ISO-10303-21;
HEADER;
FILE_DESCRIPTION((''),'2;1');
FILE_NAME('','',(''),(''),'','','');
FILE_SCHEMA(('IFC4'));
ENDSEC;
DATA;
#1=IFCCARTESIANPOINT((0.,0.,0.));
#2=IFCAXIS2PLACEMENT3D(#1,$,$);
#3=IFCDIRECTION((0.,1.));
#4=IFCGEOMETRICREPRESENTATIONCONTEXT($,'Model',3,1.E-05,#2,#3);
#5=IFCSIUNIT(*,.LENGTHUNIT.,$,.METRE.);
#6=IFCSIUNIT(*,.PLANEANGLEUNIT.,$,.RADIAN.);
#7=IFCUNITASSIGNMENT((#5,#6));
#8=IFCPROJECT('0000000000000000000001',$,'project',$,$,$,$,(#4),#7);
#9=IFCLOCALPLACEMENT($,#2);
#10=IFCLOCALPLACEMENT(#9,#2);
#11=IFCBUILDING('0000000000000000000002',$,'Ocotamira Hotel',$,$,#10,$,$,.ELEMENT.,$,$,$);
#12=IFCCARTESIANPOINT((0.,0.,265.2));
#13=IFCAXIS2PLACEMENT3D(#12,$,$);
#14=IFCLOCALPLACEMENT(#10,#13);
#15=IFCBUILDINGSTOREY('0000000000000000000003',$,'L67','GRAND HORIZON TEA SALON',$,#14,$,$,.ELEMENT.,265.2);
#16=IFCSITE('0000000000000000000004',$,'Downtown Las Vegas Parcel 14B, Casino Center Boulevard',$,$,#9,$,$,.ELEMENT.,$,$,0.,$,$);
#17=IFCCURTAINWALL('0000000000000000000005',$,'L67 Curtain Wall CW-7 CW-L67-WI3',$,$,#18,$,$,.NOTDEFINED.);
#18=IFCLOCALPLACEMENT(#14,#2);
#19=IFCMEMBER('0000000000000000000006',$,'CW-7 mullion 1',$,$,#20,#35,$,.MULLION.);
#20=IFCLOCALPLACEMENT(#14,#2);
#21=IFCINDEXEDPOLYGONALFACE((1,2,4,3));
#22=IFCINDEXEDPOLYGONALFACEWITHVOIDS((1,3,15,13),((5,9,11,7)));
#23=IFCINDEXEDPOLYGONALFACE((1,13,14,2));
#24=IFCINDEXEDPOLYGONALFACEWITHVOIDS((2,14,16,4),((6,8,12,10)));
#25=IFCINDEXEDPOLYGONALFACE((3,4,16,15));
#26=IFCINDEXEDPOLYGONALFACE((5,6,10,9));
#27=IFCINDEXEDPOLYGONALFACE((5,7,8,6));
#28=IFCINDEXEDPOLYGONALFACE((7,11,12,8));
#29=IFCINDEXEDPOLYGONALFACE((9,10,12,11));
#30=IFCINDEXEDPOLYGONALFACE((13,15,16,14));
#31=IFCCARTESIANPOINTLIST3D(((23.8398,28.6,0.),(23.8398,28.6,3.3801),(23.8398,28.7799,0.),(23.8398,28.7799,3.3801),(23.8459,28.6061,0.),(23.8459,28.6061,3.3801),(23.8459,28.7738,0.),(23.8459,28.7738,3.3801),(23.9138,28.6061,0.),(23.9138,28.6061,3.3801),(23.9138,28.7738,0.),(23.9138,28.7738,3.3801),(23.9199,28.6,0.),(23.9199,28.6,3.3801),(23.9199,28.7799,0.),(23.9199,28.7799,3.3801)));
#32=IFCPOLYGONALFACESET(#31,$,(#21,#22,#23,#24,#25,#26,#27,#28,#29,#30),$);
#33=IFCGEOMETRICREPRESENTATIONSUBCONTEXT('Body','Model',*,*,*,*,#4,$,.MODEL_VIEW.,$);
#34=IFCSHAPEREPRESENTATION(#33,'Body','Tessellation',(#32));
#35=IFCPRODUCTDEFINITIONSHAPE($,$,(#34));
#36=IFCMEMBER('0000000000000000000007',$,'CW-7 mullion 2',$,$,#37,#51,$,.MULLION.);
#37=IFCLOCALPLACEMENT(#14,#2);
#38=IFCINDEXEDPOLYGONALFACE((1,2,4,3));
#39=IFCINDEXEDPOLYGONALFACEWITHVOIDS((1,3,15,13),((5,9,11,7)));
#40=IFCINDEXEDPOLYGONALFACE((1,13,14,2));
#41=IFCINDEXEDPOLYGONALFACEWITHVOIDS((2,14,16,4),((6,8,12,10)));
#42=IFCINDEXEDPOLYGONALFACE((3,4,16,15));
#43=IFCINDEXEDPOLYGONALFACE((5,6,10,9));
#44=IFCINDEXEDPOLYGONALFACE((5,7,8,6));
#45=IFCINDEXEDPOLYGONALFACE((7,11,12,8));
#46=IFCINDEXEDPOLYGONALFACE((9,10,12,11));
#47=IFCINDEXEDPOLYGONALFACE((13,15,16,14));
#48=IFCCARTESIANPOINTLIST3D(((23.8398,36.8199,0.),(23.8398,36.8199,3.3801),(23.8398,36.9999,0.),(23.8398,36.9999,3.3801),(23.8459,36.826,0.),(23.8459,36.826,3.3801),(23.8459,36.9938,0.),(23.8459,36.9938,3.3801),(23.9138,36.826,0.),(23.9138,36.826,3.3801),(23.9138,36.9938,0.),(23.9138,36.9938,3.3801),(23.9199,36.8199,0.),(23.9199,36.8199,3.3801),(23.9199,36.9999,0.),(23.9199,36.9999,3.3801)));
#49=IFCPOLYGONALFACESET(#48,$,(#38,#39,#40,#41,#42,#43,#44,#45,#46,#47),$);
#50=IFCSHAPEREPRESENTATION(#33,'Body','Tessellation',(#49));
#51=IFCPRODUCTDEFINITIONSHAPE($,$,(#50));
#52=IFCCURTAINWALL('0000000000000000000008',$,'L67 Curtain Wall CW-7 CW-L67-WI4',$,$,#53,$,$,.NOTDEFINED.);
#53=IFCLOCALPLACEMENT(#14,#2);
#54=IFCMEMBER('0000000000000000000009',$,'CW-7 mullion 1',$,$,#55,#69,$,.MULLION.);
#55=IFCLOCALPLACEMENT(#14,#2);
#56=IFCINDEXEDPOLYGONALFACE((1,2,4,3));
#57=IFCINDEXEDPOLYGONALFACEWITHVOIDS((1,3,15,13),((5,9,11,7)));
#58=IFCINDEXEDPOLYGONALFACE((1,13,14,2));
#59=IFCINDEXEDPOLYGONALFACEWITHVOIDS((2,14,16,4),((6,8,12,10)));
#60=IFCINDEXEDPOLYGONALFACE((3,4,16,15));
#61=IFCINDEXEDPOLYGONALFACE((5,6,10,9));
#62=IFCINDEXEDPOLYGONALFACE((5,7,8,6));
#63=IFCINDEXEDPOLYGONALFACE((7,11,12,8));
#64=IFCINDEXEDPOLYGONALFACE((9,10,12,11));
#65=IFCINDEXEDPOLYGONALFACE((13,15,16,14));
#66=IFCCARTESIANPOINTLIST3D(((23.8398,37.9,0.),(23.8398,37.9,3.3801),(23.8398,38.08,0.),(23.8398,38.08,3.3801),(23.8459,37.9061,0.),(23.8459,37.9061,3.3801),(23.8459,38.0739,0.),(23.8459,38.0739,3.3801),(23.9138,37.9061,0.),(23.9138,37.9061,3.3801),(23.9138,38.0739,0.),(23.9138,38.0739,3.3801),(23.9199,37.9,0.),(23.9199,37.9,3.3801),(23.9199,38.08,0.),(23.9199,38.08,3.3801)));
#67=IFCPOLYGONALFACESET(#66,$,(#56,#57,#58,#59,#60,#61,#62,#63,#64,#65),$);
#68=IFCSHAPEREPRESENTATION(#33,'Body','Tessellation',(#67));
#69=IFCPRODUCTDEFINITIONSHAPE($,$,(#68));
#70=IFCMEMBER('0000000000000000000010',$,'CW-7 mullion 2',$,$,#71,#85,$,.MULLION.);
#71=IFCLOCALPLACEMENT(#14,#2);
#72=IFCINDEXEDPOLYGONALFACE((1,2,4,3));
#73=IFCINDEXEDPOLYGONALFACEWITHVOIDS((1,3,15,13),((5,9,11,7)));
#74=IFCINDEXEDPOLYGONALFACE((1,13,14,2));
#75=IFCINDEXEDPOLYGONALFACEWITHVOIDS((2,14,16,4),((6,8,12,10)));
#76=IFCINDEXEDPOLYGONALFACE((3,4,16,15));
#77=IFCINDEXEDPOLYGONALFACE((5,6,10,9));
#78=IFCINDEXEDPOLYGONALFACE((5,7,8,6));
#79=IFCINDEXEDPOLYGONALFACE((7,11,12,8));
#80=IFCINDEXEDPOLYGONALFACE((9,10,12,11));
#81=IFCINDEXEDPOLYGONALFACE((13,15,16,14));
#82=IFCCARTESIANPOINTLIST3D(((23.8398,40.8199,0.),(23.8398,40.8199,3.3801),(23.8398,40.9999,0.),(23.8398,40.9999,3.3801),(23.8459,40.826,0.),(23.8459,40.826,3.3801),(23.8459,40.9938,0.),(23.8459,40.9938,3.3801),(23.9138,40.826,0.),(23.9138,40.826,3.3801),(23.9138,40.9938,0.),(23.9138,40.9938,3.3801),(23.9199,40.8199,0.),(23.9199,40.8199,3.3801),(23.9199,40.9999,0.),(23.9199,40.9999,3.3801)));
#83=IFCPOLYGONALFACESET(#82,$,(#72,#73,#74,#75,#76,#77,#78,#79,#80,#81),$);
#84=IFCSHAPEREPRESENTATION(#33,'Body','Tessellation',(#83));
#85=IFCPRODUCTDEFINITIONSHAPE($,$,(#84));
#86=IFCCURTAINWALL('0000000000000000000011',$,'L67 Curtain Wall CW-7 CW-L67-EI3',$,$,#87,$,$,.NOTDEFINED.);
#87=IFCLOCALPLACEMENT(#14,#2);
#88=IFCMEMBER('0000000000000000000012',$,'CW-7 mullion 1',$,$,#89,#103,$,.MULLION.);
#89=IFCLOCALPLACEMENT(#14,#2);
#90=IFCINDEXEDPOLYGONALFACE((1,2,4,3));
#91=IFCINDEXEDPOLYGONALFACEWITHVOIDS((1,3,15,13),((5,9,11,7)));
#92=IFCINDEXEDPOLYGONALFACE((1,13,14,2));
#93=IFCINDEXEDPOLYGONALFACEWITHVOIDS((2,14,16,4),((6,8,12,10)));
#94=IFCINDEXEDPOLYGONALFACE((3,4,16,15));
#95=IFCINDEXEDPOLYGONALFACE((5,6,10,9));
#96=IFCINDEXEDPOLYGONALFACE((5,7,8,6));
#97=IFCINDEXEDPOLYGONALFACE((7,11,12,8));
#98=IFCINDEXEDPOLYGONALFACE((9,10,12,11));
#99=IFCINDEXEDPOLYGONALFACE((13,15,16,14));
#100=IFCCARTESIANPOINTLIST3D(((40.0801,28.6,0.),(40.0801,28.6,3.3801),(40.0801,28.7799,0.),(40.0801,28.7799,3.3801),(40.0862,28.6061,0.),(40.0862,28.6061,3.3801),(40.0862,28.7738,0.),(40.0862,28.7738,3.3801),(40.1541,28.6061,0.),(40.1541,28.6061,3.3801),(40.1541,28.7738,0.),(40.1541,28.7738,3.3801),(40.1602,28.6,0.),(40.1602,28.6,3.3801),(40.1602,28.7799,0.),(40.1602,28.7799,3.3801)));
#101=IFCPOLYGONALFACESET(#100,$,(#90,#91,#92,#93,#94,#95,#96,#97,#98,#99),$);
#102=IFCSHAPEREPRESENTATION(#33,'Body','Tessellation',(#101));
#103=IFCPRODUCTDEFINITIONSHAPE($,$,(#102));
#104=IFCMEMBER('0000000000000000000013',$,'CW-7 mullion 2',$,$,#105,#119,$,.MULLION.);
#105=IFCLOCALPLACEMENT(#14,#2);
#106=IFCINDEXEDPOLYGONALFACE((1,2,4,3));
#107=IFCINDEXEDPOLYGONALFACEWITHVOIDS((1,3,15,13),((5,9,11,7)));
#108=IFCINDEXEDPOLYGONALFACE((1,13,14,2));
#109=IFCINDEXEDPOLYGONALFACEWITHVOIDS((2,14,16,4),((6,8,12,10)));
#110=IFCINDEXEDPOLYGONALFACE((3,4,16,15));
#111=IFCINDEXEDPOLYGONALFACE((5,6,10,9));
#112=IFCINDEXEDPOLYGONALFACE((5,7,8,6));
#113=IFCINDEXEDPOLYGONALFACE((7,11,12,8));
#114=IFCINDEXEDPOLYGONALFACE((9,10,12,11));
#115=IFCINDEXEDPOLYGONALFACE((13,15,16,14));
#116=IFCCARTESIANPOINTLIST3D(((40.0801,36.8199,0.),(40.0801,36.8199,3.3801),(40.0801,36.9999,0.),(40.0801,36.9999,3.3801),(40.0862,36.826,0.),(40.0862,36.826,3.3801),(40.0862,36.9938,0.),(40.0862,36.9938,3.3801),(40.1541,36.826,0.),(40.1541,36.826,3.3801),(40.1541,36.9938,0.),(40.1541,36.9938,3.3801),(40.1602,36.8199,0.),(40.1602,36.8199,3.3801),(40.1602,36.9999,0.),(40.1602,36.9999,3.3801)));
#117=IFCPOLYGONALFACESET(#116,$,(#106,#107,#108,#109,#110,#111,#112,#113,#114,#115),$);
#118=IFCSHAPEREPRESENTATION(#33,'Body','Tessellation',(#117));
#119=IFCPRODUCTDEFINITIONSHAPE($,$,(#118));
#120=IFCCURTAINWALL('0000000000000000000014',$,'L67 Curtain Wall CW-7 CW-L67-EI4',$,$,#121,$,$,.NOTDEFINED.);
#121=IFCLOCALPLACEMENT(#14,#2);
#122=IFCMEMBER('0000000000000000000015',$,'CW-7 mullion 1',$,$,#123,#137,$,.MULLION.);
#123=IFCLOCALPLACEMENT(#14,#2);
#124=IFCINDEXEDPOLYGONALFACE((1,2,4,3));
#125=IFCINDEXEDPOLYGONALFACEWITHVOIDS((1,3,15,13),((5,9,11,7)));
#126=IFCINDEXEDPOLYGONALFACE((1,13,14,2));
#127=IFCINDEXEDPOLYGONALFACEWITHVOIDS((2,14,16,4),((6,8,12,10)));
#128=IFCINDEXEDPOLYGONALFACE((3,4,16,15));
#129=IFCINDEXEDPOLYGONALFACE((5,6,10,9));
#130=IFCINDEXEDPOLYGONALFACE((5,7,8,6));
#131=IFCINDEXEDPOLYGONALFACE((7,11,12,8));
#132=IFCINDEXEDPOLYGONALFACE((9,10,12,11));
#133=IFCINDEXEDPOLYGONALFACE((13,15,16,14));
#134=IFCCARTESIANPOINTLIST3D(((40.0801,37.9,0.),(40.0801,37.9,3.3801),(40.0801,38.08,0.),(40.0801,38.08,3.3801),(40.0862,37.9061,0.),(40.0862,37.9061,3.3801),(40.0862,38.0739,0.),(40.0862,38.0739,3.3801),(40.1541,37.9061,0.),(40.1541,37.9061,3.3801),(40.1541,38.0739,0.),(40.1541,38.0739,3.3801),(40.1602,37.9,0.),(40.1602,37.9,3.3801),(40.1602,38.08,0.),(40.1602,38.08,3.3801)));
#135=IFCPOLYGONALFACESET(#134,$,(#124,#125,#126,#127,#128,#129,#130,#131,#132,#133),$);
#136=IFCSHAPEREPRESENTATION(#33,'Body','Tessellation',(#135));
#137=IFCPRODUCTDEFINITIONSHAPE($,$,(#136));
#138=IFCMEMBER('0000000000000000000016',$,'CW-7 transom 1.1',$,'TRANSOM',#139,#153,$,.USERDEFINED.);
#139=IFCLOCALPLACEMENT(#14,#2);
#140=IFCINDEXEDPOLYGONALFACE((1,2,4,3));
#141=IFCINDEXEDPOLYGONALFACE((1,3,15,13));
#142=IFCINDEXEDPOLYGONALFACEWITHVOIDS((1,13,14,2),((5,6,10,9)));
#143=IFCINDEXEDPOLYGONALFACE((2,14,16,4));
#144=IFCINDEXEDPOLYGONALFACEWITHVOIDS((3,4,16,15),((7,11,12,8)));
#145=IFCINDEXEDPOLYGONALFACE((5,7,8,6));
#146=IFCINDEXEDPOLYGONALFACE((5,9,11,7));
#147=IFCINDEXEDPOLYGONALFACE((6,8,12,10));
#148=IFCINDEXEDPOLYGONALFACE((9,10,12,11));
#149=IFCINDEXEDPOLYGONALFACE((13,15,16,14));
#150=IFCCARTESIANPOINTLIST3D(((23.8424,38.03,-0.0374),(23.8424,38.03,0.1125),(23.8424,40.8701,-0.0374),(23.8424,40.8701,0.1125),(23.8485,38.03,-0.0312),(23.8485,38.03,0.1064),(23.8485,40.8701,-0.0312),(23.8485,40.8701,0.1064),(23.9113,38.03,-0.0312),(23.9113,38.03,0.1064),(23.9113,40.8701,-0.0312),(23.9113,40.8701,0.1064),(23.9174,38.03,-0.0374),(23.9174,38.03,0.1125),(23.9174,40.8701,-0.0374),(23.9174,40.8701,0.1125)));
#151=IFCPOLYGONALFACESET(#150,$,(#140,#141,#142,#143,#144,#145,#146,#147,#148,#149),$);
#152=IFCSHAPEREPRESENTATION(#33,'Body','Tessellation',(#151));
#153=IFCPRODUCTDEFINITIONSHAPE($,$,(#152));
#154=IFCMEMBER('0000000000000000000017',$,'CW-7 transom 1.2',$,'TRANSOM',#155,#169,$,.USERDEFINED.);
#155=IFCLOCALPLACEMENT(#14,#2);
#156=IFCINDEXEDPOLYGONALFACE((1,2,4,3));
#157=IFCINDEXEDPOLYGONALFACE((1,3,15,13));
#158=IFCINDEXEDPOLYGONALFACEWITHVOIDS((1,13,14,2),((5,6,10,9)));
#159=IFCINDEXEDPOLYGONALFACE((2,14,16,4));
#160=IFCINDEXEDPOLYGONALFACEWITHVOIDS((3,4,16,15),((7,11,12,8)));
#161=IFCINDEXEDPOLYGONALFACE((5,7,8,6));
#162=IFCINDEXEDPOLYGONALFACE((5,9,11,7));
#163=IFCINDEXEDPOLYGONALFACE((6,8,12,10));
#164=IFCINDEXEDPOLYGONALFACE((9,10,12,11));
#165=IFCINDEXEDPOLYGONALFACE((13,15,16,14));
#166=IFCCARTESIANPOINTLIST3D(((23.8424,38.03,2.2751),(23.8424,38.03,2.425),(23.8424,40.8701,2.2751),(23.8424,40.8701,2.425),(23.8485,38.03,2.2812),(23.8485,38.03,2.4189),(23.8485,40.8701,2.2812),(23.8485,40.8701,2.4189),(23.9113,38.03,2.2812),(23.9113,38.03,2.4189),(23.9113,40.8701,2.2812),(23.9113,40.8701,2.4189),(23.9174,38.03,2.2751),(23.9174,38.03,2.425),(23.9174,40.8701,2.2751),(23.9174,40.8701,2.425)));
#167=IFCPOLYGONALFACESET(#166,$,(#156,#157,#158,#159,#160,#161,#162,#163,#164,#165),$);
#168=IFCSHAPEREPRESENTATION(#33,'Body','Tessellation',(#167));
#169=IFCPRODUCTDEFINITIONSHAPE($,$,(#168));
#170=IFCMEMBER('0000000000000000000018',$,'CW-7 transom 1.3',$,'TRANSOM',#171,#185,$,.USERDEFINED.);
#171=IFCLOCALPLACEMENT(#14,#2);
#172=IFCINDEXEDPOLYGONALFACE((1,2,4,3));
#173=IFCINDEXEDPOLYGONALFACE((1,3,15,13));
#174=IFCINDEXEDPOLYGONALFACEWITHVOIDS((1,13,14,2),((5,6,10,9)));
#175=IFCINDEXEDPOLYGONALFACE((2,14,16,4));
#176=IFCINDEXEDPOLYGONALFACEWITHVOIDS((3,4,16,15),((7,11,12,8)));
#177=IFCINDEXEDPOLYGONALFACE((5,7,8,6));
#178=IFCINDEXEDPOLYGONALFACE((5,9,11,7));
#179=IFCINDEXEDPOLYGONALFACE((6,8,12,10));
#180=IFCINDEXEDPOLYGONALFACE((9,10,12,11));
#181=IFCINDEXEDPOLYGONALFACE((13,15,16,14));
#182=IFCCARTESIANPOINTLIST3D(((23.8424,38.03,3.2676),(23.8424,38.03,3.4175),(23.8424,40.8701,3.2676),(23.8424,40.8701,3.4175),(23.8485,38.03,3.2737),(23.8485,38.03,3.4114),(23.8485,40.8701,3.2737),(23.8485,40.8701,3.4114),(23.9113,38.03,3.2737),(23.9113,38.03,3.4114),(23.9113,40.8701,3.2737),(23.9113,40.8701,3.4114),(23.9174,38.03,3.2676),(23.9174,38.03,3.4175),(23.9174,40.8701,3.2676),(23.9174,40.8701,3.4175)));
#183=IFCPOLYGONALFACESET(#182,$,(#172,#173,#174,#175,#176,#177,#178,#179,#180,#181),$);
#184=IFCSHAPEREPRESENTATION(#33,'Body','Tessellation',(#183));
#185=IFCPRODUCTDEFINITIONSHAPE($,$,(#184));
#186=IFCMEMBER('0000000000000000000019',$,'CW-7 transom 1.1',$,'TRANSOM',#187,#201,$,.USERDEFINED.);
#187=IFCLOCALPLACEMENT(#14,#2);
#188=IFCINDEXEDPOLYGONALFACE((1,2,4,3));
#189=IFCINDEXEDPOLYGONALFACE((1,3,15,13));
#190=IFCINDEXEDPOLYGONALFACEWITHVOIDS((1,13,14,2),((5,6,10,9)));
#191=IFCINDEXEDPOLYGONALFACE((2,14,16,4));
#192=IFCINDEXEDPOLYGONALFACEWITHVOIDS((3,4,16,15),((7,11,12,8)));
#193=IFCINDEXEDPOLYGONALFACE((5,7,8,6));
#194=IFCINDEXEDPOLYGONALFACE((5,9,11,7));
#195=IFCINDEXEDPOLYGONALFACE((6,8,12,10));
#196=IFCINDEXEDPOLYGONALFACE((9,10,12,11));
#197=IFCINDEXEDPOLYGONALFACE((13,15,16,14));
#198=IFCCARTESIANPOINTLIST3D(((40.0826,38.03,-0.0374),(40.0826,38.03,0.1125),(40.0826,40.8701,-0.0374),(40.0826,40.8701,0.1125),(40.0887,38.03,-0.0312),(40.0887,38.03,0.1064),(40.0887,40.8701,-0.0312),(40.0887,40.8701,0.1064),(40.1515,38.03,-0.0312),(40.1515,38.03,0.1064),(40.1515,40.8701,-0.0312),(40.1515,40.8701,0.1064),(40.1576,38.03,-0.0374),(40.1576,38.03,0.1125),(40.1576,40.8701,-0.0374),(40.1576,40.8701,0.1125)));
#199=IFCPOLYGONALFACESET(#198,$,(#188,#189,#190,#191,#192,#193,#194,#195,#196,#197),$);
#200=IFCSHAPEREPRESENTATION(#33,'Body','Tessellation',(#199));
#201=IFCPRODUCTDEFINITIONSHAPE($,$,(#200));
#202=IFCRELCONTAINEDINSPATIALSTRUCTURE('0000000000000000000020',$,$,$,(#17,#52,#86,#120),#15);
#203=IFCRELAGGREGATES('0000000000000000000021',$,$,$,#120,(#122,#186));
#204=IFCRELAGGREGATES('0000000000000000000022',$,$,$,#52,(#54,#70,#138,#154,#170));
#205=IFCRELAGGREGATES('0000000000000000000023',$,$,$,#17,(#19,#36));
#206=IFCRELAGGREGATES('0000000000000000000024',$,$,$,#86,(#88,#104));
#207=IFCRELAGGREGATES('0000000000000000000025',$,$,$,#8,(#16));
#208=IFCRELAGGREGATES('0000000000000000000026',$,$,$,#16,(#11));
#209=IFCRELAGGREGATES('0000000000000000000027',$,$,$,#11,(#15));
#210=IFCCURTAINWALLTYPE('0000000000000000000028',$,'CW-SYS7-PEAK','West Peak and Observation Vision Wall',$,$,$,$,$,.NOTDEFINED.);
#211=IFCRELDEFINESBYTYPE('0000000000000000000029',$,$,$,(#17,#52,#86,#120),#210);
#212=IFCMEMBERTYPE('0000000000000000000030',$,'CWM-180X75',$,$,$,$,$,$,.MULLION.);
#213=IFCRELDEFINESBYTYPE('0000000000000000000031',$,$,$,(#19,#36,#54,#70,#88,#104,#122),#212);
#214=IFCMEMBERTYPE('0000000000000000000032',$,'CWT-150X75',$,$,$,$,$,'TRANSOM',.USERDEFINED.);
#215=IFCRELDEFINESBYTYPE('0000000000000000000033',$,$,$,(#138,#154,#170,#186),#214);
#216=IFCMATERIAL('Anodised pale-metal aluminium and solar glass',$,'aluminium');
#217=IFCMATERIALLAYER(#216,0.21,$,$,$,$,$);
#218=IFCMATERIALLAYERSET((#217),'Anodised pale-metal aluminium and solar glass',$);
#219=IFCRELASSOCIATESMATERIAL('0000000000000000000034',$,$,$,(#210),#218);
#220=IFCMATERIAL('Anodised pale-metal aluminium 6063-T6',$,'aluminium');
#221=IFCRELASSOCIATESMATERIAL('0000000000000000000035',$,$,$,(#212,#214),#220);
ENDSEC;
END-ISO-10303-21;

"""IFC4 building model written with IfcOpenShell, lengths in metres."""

from ifc_helpers import new_model, si_unit, direction, frame, origin, origin_2d, place, context, subcontext, project, spatial, hollow_rectangle, extrude, source, transform, mapped, material, layer, layer_set, material_profile, profile_set, type_object, element, aggregate, save


model = new_model("IFC4")

# Units and contexts
model_context = context("Model", 3, precision=1e-05, world=origin(), true_north=direction((0.0, 1.0)))
body_context = subcontext(model_context, "Body", "Model", "MODEL_VIEW")
ifc_project = project(units=[si_unit("LENGTHUNIT", "METRE"), si_unit("PLANEANGLEUNIT", "RADIAN")], contexts=[model_context])

# Site, building, storey
site_placement = place(None, origin())
site = spatial("IfcSite", under=ifc_project, at=site_placement, Name="Downtown Las Vegas Parcel 14B, Casino Center Boulevard", CompositionType="ELEMENT", RefElevation=0.0)
building_placement = place(site_placement, origin())
building = spatial("IfcBuilding", under=site, at=building_placement, Name="Ocotamira Hotel", CompositionType="ELEMENT")
storey_placement = place(building_placement, frame((0.0, 0.0, 265.2)))
storey = spatial("IfcBuildingStorey", under=building, at=storey_placement, Name="L67", Description="GRAND HORIZON TEA SALON", CompositionType="ELEMENT", Elevation=265.2)

# Curtain walls, members
ifc_material_1 = material(Name="Anodised pale-metal aluminium and solar glass", Category="aluminium")
ifc_layer_1 = layer(ifc_material_1, 0.21)
ifc_layer_set_1 = layer_set([ifc_layer_1], Name="Anodised pale-metal aluminium and solar glass")
curtain_wall_type = type_object("IfcCurtainWallType", Name="CW-SYS7-PEAK", Description="West Peak and Observation Vision Wall", PredefinedType="NOTDEFINED", material=ifc_layer_set_1)
curtain_wall_1_placement = place(storey_placement, origin())
curtain_wall_1 = element("IfcCurtainWall", 1, at=curtain_wall_1_placement, inside=storey, type_object=curtain_wall_type, Name="L67 Curtain Wall CW-7 CW-L67-WI3", PredefinedType="NOTDEFINED")
ifc_material_2 = material(Name="Anodised pale-metal aluminium 6063-T6", Category="aluminium")
ifc_material_profile_1 = material_profile(ifc_material_2, hollow_rectangle(XDim=0.0801, YDim=0.1799, WallThickness=0.0061, at=origin_2d()), Name="HSS180X80X6")
ifc_profile_set_1 = profile_set([ifc_material_profile_1], Name="Anodised pale-metal aluminium 6063-T6")
member_type_1 = type_object("IfcMemberType", Name="CWM-180X75", PredefinedType="MULLION", material=ifc_profile_set_1)
shared_shape_1 = source(origin(), body_context, "Body", "SweptSolid", [
    extrude(hollow_rectangle(XDim=0.0801, YDim=0.1799, WallThickness=0.0061, at=origin_2d()), origin(), (0.0, 0.0, 1.0), 3.3801),
])
member_1_placement = place(storey_placement, frame((23.8799, 28.6899, 0.0), z_axis=(0.0, 0.0, 1.0), x_axis=(-1.0, 0.0, 0.0)))
member_1 = element("IfcMember", 2, at=member_1_placement, type_object=member_type_1, Name="CW-7 mullion 1", PredefinedType="MULLION", context=body_context, shape_type="MappedRepresentation", body=[
    mapped(shared_shape_1, transform((0.0, 0.0, 0.0), scale=1.0)),
])
member_2_placement = place(storey_placement, frame((23.8799, 36.9099, 0.0), z_axis=(0.0, 0.0, 1.0), x_axis=(-1.0, 0.0, 0.0)))
member_2 = element("IfcMember", 3, at=member_2_placement, type_object=member_type_1, Name="CW-7 mullion 2", PredefinedType="MULLION", context=body_context, shape_type="MappedRepresentation", body=[
    mapped(shared_shape_1, transform((0.0, 0.0, 0.0), scale=1.0)),
])
curtain_wall_2_placement = place(storey_placement, origin())
curtain_wall_2 = element("IfcCurtainWall", 4, at=curtain_wall_2_placement, inside=storey, type_object=curtain_wall_type, Name="L67 Curtain Wall CW-7 CW-L67-WI4", PredefinedType="NOTDEFINED")
member_3_placement = place(storey_placement, frame((23.8799, 37.99, 0.0), z_axis=(0.0, 0.0, 1.0), x_axis=(-1.0, 0.0, 0.0)))
member_3 = element("IfcMember", 5, at=member_3_placement, type_object=member_type_1, Name="CW-7 mullion 1", PredefinedType="MULLION", context=body_context, shape_type="MappedRepresentation", body=[
    mapped(shared_shape_1, transform((0.0, 0.0, 0.0), scale=1.0)),
])
member_4_placement = place(storey_placement, frame((23.8799, 40.9099, 0.0), z_axis=(0.0, 0.0, 1.0), x_axis=(-1.0, 0.0, 0.0)))
member_4 = element("IfcMember", 6, at=member_4_placement, type_object=member_type_1, Name="CW-7 mullion 2", PredefinedType="MULLION", context=body_context, shape_type="MappedRepresentation", body=[
    mapped(shared_shape_1, transform((0.0, 0.0, 0.0), scale=1.0)),
])
curtain_wall_3_placement = place(storey_placement, origin())
curtain_wall_3 = element("IfcCurtainWall", 7, at=curtain_wall_3_placement, inside=storey, type_object=curtain_wall_type, Name="L67 Curtain Wall CW-7 CW-L67-EI3", PredefinedType="NOTDEFINED")
member_5_placement = place(storey_placement, frame((40.1201, 28.6899, 0.0), z_axis=(0.0, 0.0, 1.0), x_axis=(-1.0, 0.0, 0.0)))
member_5 = element("IfcMember", 8, at=member_5_placement, type_object=member_type_1, Name="CW-7 mullion 1", PredefinedType="MULLION", context=body_context, shape_type="MappedRepresentation", body=[
    mapped(shared_shape_1, transform((0.0, 0.0, 0.0), scale=1.0)),
])
member_6_placement = place(storey_placement, frame((40.1201, 36.9099, 0.0), z_axis=(0.0, 0.0, 1.0), x_axis=(-1.0, 0.0, 0.0)))
member_6 = element("IfcMember", 9, at=member_6_placement, type_object=member_type_1, Name="CW-7 mullion 2", PredefinedType="MULLION", context=body_context, shape_type="MappedRepresentation", body=[
    mapped(shared_shape_1, transform((0.0, 0.0, 0.0), scale=1.0)),
])

# Curtain wall, member
curtain_wall_4_placement = place(storey_placement, origin())
curtain_wall_4 = element("IfcCurtainWall", 10, at=curtain_wall_4_placement, inside=storey, type_object=curtain_wall_type, Name="L67 Curtain Wall CW-7 CW-L67-EI4", PredefinedType="NOTDEFINED")
member_7_placement = place(storey_placement, frame((40.1201, 37.99, 0.0), z_axis=(0.0, 0.0, 1.0), x_axis=(-1.0, 0.0, 0.0)))
member_7 = element("IfcMember", 11, at=member_7_placement, type_object=member_type_1, Name="CW-7 mullion 1", PredefinedType="MULLION", context=body_context, shape_type="MappedRepresentation", body=[
    mapped(shared_shape_1, transform((0.0, 0.0, 0.0), scale=1.0)),
])

# Members
ifc_material_profile_2 = material_profile(ifc_material_2, hollow_rectangle(XDim=0.075, YDim=0.1499, WallThickness=0.0061, at=origin_2d()), Name="HSS150X75X6")
ifc_profile_set_2 = profile_set([ifc_material_profile_2], Name="Anodised pale-metal aluminium 6063-T6")
member_type_2 = type_object("IfcMemberType", Name="CWT-150X75", ElementType="TRANSOM", PredefinedType="USERDEFINED", material=ifc_profile_set_2)
shared_shape_2 = source(origin(), body_context, "Body", "SweptSolid", [
    extrude(hollow_rectangle(XDim=0.075, YDim=0.1499, WallThickness=0.0061, at=origin_2d()), origin(), (0.0, 0.0, 1.0), 2.8401),
])
member_8_placement = place(storey_placement, frame((23.8799, 38.03, 0.0376), z_axis=(0.0, 1.0, 0.0), x_axis=(-1.0, 0.0, 0.0)))
member_8 = element("IfcMember", 12, at=member_8_placement, type_object=member_type_2, Name="CW-7 transom 1.1", ObjectType="TRANSOM", PredefinedType="USERDEFINED", context=body_context, shape_type="MappedRepresentation", body=[
    mapped(shared_shape_2, transform((0.0, 0.0, 0.0), scale=1.0)),
])
member_9_placement = place(storey_placement, frame((23.8799, 38.03, 2.3501), z_axis=(0.0, 1.0, 0.0), x_axis=(-1.0, 0.0, 0.0)))
member_9 = element("IfcMember", 13, at=member_9_placement, type_object=member_type_2, Name="CW-7 transom 1.2", ObjectType="TRANSOM", PredefinedType="USERDEFINED", context=body_context, shape_type="MappedRepresentation", body=[
    mapped(shared_shape_2, transform((0.0, 0.0, 0.0), scale=1.0)),
])
member_10_placement = place(storey_placement, frame((23.8799, 38.03, 3.3425), z_axis=(0.0, 1.0, 0.0), x_axis=(-1.0, 0.0, 0.0)))
member_10 = element("IfcMember", 14, at=member_10_placement, type_object=member_type_2, Name="CW-7 transom 1.3", ObjectType="TRANSOM", PredefinedType="USERDEFINED", context=body_context, shape_type="MappedRepresentation", body=[
    mapped(shared_shape_2, transform((0.0, 0.0, 0.0), scale=1.0)),
])
member_11_placement = place(storey_placement, frame((40.1201, 38.03, 0.0376), z_axis=(0.0, 1.0, 0.0), x_axis=(-1.0, 0.0, 0.0)))
member_11 = element("IfcMember", 15, at=member_11_placement, type_object=member_type_2, Name="CW-7 transom 1.1", ObjectType="TRANSOM", PredefinedType="USERDEFINED", context=body_context, shape_type="MappedRepresentation", body=[
    mapped(shared_shape_2, transform((0.0, 0.0, 0.0), scale=1.0)),
])
aggregate(curtain_wall_4, [member_7, member_11])

aggregate(curtain_wall_2, [member_3, member_4, member_8, member_9, member_10])
aggregate(curtain_wall_1, [member_1, member_2])
aggregate(curtain_wall_3, [member_5, member_6])

save(model, "model.ifc")
